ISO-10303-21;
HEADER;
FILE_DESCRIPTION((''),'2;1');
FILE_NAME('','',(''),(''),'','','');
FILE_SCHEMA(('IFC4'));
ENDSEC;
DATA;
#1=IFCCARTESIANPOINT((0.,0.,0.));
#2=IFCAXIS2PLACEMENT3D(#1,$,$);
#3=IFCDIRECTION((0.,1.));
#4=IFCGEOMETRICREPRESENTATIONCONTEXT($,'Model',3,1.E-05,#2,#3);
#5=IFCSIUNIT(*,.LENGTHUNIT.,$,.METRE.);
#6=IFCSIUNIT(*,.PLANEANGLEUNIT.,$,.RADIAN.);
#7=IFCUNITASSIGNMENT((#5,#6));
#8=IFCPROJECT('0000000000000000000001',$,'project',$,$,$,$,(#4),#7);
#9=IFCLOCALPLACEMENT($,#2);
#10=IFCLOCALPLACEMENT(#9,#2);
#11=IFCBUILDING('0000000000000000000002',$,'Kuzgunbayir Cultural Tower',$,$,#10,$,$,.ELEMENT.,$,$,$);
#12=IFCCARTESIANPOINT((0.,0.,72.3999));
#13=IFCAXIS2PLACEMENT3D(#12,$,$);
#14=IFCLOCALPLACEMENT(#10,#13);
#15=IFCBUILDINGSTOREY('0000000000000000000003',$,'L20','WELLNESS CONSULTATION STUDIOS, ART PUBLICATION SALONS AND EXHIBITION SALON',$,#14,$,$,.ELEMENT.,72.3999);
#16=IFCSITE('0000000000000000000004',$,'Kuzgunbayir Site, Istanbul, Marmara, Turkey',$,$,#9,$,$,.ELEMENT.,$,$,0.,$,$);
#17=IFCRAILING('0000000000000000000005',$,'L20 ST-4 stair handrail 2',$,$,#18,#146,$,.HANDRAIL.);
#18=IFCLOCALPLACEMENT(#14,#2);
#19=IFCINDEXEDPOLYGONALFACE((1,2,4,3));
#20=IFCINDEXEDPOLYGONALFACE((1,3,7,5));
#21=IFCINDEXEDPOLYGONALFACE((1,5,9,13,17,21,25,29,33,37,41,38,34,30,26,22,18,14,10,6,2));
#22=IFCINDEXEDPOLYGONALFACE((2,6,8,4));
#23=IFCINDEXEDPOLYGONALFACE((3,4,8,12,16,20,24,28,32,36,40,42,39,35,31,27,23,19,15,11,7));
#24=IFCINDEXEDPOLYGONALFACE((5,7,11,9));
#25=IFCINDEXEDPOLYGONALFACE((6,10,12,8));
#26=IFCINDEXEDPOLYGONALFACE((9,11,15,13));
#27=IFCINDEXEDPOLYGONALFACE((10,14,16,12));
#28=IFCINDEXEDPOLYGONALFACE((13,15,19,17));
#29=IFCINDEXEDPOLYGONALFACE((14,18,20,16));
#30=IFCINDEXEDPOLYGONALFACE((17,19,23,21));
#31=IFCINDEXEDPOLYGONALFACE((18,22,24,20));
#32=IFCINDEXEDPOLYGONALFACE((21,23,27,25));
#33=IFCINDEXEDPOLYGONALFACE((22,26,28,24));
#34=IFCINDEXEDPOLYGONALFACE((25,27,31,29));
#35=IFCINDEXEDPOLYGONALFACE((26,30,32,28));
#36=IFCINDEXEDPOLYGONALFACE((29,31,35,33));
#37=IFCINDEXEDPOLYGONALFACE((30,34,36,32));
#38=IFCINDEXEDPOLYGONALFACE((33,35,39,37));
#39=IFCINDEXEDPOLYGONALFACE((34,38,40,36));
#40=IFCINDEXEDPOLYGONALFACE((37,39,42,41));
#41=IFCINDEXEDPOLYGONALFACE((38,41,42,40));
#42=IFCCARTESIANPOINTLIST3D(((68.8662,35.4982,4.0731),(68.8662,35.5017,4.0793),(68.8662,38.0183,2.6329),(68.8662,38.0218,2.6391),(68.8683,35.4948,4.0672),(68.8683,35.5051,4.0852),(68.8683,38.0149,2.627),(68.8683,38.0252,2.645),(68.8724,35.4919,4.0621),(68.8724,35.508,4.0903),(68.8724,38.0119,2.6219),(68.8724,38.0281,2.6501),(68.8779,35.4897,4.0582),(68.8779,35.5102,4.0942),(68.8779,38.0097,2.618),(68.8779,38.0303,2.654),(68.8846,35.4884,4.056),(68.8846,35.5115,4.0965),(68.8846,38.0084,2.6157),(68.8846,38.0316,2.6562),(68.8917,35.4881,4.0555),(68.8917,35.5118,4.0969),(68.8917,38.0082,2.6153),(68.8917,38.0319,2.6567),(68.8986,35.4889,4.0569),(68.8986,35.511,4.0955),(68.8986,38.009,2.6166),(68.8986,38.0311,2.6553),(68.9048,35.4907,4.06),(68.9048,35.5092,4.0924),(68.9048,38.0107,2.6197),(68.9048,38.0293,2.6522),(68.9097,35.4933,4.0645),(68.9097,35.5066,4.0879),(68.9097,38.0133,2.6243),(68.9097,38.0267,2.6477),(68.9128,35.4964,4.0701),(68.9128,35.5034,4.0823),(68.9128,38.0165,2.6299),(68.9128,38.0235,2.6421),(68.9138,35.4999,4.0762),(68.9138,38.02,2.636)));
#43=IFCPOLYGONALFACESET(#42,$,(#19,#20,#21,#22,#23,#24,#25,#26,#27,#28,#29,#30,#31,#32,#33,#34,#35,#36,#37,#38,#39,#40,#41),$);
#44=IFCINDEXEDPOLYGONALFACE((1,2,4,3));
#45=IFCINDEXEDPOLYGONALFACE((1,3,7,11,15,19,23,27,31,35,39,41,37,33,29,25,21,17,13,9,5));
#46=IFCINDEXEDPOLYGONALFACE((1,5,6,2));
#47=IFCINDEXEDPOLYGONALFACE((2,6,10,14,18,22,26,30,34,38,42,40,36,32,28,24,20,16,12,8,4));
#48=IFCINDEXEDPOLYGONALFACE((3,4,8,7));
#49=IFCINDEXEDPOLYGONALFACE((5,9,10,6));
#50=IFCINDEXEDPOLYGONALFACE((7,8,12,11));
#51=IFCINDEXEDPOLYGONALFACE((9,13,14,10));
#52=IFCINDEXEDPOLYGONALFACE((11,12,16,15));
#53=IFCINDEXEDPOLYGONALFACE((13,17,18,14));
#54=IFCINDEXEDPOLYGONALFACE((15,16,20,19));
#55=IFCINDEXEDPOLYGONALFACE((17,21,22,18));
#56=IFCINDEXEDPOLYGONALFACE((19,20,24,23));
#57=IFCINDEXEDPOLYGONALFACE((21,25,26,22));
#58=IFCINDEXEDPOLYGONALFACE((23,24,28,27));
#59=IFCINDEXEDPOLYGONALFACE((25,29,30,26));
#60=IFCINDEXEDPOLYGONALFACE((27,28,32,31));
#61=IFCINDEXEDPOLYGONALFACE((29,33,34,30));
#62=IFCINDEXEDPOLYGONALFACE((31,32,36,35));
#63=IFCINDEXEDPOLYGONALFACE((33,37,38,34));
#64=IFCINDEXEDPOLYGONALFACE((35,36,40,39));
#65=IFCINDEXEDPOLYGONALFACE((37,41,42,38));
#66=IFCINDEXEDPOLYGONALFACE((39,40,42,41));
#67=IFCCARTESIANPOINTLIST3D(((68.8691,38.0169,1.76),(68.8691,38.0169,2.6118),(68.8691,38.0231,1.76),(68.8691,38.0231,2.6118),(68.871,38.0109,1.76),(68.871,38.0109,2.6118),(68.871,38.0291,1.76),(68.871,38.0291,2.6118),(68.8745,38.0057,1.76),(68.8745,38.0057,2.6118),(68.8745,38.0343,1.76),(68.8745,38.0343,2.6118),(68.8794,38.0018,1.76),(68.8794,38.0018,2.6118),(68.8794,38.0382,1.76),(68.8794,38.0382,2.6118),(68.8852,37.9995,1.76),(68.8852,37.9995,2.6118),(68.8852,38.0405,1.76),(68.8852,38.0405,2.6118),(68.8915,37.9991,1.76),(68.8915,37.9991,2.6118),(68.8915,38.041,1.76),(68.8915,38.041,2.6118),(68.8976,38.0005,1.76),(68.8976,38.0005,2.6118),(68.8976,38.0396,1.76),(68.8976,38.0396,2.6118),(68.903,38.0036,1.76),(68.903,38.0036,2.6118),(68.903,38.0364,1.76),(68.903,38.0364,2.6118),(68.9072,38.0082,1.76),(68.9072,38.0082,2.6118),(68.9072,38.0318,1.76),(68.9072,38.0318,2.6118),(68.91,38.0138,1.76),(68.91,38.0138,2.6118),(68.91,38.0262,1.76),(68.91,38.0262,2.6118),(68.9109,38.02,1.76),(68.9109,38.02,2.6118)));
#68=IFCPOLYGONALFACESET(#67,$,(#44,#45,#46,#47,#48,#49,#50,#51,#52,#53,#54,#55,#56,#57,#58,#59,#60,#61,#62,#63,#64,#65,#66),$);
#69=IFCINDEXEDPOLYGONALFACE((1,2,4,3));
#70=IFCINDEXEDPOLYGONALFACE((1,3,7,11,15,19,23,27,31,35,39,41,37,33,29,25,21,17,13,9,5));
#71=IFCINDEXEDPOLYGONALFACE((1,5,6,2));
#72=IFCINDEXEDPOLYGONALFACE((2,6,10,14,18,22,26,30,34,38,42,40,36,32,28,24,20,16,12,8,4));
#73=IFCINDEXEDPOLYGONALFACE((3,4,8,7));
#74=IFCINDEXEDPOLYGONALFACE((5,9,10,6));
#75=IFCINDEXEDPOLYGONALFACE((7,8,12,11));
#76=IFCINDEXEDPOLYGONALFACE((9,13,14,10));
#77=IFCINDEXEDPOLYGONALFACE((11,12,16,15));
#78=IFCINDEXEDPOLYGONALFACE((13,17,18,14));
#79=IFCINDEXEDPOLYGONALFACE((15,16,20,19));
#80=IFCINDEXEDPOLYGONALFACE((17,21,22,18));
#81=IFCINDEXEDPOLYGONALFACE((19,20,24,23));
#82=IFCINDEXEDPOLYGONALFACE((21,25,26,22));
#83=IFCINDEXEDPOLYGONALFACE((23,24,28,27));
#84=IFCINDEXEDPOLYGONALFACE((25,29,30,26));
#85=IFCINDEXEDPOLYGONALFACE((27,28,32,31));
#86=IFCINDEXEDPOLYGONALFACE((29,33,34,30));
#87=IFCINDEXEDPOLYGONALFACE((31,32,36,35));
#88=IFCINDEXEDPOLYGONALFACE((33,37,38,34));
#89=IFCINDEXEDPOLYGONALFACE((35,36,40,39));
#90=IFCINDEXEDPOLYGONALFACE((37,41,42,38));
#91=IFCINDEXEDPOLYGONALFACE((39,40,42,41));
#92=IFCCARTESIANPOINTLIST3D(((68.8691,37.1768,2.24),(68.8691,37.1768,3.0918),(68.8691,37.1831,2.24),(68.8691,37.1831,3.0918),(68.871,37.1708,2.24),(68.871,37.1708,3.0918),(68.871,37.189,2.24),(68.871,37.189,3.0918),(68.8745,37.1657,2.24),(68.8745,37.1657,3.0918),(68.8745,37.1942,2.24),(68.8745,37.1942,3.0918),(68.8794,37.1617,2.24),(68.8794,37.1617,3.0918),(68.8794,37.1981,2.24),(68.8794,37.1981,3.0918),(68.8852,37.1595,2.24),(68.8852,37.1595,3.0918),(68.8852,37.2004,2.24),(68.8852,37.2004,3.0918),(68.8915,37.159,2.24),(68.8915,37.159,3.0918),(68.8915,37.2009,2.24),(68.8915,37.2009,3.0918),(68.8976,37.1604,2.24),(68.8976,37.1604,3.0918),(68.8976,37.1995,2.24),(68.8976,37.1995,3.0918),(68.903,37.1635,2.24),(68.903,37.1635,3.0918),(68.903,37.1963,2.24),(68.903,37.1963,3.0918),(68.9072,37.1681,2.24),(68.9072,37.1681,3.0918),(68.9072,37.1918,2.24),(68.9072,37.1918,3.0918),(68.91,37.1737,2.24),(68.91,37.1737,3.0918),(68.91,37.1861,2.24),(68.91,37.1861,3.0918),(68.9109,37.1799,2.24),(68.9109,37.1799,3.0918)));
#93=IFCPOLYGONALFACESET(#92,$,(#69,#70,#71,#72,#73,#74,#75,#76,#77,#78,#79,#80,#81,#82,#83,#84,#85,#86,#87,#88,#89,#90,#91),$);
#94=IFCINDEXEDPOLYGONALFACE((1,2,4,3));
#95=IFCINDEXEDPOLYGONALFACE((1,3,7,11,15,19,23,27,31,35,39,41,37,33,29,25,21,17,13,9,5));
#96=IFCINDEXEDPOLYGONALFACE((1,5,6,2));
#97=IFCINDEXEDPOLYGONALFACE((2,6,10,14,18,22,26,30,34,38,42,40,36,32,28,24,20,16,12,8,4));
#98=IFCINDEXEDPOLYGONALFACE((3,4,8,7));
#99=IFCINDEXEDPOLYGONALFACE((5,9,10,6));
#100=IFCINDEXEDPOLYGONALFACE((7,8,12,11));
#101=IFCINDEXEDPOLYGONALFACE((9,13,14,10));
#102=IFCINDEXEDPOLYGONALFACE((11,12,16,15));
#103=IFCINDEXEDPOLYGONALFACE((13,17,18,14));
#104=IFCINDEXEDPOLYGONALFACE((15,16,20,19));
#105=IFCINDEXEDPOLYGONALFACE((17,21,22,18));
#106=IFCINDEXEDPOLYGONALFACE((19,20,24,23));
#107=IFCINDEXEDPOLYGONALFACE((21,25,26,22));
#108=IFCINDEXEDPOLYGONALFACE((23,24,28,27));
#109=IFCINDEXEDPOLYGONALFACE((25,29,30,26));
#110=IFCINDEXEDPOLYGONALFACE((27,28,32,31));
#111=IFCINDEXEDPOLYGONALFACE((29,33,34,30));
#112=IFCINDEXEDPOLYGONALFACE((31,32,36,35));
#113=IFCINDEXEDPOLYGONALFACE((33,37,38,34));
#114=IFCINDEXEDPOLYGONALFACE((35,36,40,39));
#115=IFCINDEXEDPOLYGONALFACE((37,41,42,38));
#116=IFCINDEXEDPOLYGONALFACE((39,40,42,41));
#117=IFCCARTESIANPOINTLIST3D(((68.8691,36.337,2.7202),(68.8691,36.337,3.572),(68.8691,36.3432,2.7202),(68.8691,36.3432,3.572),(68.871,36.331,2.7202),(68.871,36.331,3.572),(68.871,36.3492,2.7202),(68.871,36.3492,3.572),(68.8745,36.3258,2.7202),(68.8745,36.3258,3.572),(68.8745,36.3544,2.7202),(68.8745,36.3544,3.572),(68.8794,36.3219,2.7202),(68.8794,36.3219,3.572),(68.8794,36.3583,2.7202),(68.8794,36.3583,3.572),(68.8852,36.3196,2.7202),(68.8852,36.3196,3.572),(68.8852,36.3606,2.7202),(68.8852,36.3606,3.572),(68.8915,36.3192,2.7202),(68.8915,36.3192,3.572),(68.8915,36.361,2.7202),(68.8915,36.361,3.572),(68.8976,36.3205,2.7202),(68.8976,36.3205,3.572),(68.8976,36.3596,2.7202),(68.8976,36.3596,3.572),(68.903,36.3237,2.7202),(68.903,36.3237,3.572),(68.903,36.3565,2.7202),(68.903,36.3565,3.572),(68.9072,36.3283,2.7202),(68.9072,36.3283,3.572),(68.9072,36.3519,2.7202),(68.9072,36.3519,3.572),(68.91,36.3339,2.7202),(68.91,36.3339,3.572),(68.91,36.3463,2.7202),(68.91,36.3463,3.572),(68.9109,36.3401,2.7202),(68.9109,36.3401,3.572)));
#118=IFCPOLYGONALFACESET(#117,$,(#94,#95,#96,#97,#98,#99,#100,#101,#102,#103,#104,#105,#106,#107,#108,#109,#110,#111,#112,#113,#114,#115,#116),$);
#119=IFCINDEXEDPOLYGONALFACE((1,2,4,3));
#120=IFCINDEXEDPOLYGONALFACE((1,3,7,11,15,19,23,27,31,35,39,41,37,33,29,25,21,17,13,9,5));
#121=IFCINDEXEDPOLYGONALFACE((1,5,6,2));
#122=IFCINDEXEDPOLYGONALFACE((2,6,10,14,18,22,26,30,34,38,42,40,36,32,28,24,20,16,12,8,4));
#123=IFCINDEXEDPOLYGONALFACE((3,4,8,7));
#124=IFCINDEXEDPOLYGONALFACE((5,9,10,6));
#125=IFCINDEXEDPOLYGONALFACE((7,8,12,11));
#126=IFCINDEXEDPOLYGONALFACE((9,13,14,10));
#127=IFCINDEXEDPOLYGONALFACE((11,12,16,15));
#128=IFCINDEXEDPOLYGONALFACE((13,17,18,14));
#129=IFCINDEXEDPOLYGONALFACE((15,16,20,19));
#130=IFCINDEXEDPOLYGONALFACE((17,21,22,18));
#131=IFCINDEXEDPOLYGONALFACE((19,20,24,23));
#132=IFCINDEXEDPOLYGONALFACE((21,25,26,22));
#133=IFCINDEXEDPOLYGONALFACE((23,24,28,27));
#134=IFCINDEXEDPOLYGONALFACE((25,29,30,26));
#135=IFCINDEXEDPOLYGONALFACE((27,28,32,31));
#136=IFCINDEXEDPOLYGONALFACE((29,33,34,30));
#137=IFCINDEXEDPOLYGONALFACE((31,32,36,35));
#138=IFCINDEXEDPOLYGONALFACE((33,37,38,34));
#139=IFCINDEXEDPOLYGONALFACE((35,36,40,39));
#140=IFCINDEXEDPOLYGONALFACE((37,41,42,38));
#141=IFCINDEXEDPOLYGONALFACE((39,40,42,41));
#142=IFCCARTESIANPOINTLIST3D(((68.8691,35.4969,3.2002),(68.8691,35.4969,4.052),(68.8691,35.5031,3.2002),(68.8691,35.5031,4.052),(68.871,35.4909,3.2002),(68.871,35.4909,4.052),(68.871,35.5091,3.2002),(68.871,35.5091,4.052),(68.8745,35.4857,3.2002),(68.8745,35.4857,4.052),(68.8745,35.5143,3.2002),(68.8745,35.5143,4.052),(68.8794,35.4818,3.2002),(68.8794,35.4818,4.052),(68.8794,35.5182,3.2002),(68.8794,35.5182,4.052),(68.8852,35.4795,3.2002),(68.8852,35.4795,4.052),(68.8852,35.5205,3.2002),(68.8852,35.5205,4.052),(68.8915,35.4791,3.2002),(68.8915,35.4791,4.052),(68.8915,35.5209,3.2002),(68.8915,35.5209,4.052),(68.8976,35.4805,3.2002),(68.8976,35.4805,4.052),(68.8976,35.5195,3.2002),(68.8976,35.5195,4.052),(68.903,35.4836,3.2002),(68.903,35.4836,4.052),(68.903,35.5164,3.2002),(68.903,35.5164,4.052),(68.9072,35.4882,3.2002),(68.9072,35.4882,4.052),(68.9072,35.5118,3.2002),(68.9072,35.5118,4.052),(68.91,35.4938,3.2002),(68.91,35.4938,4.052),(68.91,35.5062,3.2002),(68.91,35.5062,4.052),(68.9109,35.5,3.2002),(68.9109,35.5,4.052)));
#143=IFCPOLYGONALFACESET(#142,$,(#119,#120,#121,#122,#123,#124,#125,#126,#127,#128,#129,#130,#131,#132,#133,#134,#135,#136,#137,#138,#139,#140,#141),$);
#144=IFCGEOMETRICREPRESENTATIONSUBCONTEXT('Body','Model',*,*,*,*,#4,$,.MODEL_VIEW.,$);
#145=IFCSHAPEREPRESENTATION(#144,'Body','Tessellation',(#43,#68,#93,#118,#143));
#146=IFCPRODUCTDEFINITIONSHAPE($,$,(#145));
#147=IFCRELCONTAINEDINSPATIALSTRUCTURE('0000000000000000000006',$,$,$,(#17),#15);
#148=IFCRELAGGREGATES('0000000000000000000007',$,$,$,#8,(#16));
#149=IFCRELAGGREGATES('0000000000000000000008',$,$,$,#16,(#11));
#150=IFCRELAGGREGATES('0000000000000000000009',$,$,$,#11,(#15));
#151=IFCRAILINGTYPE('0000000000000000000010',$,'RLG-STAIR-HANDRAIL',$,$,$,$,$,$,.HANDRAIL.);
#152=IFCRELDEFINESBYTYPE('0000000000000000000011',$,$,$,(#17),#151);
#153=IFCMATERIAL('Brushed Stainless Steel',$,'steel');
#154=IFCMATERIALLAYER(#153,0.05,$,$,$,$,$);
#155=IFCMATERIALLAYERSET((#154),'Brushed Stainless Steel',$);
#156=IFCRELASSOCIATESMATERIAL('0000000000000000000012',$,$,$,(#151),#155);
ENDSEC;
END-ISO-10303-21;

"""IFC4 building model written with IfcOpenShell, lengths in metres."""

from ifc_helpers import new_model, si_unit, direction, frame, origin, origin_2d, place, context, subcontext, project, spatial, circle, extrude, material, layer, layer_set, type_object, element, save


model = new_model("IFC4")

# Units and contexts
model_context = context("Model", 3, precision=1e-05, world=origin(), true_north=direction((0.0, 1.0)))
body_context = subcontext(model_context, "Body", "Model", "MODEL_VIEW")
ifc_project = project(units=[si_unit("LENGTHUNIT", "METRE"), si_unit("PLANEANGLEUNIT", "RADIAN")], contexts=[model_context])

# Site, building, storey
site_placement = place(None, origin())
site = spatial("IfcSite", under=ifc_project, at=site_placement, Name="Kuzgunbayir Site, Istanbul, Marmara, Turkey", CompositionType="ELEMENT", RefElevation=0.0)
building_placement = place(site_placement, origin())
building = spatial("IfcBuilding", under=site, at=building_placement, Name="Kuzgunbayir Cultural Tower", CompositionType="ELEMENT")
storey_placement = place(building_placement, frame((0.0, 0.0, 72.3999)))
storey = spatial("IfcBuildingStorey", under=building, at=storey_placement, Name="L20", Description="WELLNESS CONSULTATION STUDIOS, ART PUBLICATION SALONS AND EXHIBITION SALON", CompositionType="ELEMENT", Elevation=72.3999)

# Shared definitions
ifc_material_1 = material(Name="Brushed Stainless Steel", Category="steel")

# Railing
ifc_layer_1 = layer(ifc_material_1, 0.05)
ifc_layer_set_1 = layer_set([ifc_layer_1], Name="Brushed Stainless Steel")
railing_type_1 = type_object("IfcRailingType", Name="RLG-STAIR-HANDRAIL", PredefinedType="HANDRAIL", material=ifc_layer_set_1)
railing_1_placement = place(storey_placement, frame((68.8899, 38.02, 1.76)))
element("IfcRailing", 1, at=railing_1_placement, inside=storey, type_object=railing_type_1, Name="L20 ST-4 stair handrail 2", PredefinedType="HANDRAIL", context=body_context, shape_type="SweptSolid", body=[
    extrude(circle(Radius=0.0239, at=origin_2d()), frame((0.0, 0.0, 0.876), z_axis=(0.0, -0.868217, 0.496184), x_axis=(1.0, 0.0, 0.0)), (0.0, 0.0, 1.0), 2.9026),
    extrude(circle(Radius=0.021, at=origin_2d()), origin(), (0.0, 0.0, 1.0), 0.8518),
    extrude(circle(Radius=0.021, at=origin_2d()), frame((0.0, -0.8401, 0.48)), (0.0, 0.0, 1.0), 0.8518),
    extrude(circle(Radius=0.021, at=origin_2d()), frame((0.0, -1.6799, 0.9602)), (0.0, 0.0, 1.0), 0.8518),
    extrude(circle(Radius=0.021, at=origin_2d()), frame((0.0, -2.52, 1.4402)), (0.0, 0.0, 1.0), 0.8518),
])

save(model, "model.ifc")
